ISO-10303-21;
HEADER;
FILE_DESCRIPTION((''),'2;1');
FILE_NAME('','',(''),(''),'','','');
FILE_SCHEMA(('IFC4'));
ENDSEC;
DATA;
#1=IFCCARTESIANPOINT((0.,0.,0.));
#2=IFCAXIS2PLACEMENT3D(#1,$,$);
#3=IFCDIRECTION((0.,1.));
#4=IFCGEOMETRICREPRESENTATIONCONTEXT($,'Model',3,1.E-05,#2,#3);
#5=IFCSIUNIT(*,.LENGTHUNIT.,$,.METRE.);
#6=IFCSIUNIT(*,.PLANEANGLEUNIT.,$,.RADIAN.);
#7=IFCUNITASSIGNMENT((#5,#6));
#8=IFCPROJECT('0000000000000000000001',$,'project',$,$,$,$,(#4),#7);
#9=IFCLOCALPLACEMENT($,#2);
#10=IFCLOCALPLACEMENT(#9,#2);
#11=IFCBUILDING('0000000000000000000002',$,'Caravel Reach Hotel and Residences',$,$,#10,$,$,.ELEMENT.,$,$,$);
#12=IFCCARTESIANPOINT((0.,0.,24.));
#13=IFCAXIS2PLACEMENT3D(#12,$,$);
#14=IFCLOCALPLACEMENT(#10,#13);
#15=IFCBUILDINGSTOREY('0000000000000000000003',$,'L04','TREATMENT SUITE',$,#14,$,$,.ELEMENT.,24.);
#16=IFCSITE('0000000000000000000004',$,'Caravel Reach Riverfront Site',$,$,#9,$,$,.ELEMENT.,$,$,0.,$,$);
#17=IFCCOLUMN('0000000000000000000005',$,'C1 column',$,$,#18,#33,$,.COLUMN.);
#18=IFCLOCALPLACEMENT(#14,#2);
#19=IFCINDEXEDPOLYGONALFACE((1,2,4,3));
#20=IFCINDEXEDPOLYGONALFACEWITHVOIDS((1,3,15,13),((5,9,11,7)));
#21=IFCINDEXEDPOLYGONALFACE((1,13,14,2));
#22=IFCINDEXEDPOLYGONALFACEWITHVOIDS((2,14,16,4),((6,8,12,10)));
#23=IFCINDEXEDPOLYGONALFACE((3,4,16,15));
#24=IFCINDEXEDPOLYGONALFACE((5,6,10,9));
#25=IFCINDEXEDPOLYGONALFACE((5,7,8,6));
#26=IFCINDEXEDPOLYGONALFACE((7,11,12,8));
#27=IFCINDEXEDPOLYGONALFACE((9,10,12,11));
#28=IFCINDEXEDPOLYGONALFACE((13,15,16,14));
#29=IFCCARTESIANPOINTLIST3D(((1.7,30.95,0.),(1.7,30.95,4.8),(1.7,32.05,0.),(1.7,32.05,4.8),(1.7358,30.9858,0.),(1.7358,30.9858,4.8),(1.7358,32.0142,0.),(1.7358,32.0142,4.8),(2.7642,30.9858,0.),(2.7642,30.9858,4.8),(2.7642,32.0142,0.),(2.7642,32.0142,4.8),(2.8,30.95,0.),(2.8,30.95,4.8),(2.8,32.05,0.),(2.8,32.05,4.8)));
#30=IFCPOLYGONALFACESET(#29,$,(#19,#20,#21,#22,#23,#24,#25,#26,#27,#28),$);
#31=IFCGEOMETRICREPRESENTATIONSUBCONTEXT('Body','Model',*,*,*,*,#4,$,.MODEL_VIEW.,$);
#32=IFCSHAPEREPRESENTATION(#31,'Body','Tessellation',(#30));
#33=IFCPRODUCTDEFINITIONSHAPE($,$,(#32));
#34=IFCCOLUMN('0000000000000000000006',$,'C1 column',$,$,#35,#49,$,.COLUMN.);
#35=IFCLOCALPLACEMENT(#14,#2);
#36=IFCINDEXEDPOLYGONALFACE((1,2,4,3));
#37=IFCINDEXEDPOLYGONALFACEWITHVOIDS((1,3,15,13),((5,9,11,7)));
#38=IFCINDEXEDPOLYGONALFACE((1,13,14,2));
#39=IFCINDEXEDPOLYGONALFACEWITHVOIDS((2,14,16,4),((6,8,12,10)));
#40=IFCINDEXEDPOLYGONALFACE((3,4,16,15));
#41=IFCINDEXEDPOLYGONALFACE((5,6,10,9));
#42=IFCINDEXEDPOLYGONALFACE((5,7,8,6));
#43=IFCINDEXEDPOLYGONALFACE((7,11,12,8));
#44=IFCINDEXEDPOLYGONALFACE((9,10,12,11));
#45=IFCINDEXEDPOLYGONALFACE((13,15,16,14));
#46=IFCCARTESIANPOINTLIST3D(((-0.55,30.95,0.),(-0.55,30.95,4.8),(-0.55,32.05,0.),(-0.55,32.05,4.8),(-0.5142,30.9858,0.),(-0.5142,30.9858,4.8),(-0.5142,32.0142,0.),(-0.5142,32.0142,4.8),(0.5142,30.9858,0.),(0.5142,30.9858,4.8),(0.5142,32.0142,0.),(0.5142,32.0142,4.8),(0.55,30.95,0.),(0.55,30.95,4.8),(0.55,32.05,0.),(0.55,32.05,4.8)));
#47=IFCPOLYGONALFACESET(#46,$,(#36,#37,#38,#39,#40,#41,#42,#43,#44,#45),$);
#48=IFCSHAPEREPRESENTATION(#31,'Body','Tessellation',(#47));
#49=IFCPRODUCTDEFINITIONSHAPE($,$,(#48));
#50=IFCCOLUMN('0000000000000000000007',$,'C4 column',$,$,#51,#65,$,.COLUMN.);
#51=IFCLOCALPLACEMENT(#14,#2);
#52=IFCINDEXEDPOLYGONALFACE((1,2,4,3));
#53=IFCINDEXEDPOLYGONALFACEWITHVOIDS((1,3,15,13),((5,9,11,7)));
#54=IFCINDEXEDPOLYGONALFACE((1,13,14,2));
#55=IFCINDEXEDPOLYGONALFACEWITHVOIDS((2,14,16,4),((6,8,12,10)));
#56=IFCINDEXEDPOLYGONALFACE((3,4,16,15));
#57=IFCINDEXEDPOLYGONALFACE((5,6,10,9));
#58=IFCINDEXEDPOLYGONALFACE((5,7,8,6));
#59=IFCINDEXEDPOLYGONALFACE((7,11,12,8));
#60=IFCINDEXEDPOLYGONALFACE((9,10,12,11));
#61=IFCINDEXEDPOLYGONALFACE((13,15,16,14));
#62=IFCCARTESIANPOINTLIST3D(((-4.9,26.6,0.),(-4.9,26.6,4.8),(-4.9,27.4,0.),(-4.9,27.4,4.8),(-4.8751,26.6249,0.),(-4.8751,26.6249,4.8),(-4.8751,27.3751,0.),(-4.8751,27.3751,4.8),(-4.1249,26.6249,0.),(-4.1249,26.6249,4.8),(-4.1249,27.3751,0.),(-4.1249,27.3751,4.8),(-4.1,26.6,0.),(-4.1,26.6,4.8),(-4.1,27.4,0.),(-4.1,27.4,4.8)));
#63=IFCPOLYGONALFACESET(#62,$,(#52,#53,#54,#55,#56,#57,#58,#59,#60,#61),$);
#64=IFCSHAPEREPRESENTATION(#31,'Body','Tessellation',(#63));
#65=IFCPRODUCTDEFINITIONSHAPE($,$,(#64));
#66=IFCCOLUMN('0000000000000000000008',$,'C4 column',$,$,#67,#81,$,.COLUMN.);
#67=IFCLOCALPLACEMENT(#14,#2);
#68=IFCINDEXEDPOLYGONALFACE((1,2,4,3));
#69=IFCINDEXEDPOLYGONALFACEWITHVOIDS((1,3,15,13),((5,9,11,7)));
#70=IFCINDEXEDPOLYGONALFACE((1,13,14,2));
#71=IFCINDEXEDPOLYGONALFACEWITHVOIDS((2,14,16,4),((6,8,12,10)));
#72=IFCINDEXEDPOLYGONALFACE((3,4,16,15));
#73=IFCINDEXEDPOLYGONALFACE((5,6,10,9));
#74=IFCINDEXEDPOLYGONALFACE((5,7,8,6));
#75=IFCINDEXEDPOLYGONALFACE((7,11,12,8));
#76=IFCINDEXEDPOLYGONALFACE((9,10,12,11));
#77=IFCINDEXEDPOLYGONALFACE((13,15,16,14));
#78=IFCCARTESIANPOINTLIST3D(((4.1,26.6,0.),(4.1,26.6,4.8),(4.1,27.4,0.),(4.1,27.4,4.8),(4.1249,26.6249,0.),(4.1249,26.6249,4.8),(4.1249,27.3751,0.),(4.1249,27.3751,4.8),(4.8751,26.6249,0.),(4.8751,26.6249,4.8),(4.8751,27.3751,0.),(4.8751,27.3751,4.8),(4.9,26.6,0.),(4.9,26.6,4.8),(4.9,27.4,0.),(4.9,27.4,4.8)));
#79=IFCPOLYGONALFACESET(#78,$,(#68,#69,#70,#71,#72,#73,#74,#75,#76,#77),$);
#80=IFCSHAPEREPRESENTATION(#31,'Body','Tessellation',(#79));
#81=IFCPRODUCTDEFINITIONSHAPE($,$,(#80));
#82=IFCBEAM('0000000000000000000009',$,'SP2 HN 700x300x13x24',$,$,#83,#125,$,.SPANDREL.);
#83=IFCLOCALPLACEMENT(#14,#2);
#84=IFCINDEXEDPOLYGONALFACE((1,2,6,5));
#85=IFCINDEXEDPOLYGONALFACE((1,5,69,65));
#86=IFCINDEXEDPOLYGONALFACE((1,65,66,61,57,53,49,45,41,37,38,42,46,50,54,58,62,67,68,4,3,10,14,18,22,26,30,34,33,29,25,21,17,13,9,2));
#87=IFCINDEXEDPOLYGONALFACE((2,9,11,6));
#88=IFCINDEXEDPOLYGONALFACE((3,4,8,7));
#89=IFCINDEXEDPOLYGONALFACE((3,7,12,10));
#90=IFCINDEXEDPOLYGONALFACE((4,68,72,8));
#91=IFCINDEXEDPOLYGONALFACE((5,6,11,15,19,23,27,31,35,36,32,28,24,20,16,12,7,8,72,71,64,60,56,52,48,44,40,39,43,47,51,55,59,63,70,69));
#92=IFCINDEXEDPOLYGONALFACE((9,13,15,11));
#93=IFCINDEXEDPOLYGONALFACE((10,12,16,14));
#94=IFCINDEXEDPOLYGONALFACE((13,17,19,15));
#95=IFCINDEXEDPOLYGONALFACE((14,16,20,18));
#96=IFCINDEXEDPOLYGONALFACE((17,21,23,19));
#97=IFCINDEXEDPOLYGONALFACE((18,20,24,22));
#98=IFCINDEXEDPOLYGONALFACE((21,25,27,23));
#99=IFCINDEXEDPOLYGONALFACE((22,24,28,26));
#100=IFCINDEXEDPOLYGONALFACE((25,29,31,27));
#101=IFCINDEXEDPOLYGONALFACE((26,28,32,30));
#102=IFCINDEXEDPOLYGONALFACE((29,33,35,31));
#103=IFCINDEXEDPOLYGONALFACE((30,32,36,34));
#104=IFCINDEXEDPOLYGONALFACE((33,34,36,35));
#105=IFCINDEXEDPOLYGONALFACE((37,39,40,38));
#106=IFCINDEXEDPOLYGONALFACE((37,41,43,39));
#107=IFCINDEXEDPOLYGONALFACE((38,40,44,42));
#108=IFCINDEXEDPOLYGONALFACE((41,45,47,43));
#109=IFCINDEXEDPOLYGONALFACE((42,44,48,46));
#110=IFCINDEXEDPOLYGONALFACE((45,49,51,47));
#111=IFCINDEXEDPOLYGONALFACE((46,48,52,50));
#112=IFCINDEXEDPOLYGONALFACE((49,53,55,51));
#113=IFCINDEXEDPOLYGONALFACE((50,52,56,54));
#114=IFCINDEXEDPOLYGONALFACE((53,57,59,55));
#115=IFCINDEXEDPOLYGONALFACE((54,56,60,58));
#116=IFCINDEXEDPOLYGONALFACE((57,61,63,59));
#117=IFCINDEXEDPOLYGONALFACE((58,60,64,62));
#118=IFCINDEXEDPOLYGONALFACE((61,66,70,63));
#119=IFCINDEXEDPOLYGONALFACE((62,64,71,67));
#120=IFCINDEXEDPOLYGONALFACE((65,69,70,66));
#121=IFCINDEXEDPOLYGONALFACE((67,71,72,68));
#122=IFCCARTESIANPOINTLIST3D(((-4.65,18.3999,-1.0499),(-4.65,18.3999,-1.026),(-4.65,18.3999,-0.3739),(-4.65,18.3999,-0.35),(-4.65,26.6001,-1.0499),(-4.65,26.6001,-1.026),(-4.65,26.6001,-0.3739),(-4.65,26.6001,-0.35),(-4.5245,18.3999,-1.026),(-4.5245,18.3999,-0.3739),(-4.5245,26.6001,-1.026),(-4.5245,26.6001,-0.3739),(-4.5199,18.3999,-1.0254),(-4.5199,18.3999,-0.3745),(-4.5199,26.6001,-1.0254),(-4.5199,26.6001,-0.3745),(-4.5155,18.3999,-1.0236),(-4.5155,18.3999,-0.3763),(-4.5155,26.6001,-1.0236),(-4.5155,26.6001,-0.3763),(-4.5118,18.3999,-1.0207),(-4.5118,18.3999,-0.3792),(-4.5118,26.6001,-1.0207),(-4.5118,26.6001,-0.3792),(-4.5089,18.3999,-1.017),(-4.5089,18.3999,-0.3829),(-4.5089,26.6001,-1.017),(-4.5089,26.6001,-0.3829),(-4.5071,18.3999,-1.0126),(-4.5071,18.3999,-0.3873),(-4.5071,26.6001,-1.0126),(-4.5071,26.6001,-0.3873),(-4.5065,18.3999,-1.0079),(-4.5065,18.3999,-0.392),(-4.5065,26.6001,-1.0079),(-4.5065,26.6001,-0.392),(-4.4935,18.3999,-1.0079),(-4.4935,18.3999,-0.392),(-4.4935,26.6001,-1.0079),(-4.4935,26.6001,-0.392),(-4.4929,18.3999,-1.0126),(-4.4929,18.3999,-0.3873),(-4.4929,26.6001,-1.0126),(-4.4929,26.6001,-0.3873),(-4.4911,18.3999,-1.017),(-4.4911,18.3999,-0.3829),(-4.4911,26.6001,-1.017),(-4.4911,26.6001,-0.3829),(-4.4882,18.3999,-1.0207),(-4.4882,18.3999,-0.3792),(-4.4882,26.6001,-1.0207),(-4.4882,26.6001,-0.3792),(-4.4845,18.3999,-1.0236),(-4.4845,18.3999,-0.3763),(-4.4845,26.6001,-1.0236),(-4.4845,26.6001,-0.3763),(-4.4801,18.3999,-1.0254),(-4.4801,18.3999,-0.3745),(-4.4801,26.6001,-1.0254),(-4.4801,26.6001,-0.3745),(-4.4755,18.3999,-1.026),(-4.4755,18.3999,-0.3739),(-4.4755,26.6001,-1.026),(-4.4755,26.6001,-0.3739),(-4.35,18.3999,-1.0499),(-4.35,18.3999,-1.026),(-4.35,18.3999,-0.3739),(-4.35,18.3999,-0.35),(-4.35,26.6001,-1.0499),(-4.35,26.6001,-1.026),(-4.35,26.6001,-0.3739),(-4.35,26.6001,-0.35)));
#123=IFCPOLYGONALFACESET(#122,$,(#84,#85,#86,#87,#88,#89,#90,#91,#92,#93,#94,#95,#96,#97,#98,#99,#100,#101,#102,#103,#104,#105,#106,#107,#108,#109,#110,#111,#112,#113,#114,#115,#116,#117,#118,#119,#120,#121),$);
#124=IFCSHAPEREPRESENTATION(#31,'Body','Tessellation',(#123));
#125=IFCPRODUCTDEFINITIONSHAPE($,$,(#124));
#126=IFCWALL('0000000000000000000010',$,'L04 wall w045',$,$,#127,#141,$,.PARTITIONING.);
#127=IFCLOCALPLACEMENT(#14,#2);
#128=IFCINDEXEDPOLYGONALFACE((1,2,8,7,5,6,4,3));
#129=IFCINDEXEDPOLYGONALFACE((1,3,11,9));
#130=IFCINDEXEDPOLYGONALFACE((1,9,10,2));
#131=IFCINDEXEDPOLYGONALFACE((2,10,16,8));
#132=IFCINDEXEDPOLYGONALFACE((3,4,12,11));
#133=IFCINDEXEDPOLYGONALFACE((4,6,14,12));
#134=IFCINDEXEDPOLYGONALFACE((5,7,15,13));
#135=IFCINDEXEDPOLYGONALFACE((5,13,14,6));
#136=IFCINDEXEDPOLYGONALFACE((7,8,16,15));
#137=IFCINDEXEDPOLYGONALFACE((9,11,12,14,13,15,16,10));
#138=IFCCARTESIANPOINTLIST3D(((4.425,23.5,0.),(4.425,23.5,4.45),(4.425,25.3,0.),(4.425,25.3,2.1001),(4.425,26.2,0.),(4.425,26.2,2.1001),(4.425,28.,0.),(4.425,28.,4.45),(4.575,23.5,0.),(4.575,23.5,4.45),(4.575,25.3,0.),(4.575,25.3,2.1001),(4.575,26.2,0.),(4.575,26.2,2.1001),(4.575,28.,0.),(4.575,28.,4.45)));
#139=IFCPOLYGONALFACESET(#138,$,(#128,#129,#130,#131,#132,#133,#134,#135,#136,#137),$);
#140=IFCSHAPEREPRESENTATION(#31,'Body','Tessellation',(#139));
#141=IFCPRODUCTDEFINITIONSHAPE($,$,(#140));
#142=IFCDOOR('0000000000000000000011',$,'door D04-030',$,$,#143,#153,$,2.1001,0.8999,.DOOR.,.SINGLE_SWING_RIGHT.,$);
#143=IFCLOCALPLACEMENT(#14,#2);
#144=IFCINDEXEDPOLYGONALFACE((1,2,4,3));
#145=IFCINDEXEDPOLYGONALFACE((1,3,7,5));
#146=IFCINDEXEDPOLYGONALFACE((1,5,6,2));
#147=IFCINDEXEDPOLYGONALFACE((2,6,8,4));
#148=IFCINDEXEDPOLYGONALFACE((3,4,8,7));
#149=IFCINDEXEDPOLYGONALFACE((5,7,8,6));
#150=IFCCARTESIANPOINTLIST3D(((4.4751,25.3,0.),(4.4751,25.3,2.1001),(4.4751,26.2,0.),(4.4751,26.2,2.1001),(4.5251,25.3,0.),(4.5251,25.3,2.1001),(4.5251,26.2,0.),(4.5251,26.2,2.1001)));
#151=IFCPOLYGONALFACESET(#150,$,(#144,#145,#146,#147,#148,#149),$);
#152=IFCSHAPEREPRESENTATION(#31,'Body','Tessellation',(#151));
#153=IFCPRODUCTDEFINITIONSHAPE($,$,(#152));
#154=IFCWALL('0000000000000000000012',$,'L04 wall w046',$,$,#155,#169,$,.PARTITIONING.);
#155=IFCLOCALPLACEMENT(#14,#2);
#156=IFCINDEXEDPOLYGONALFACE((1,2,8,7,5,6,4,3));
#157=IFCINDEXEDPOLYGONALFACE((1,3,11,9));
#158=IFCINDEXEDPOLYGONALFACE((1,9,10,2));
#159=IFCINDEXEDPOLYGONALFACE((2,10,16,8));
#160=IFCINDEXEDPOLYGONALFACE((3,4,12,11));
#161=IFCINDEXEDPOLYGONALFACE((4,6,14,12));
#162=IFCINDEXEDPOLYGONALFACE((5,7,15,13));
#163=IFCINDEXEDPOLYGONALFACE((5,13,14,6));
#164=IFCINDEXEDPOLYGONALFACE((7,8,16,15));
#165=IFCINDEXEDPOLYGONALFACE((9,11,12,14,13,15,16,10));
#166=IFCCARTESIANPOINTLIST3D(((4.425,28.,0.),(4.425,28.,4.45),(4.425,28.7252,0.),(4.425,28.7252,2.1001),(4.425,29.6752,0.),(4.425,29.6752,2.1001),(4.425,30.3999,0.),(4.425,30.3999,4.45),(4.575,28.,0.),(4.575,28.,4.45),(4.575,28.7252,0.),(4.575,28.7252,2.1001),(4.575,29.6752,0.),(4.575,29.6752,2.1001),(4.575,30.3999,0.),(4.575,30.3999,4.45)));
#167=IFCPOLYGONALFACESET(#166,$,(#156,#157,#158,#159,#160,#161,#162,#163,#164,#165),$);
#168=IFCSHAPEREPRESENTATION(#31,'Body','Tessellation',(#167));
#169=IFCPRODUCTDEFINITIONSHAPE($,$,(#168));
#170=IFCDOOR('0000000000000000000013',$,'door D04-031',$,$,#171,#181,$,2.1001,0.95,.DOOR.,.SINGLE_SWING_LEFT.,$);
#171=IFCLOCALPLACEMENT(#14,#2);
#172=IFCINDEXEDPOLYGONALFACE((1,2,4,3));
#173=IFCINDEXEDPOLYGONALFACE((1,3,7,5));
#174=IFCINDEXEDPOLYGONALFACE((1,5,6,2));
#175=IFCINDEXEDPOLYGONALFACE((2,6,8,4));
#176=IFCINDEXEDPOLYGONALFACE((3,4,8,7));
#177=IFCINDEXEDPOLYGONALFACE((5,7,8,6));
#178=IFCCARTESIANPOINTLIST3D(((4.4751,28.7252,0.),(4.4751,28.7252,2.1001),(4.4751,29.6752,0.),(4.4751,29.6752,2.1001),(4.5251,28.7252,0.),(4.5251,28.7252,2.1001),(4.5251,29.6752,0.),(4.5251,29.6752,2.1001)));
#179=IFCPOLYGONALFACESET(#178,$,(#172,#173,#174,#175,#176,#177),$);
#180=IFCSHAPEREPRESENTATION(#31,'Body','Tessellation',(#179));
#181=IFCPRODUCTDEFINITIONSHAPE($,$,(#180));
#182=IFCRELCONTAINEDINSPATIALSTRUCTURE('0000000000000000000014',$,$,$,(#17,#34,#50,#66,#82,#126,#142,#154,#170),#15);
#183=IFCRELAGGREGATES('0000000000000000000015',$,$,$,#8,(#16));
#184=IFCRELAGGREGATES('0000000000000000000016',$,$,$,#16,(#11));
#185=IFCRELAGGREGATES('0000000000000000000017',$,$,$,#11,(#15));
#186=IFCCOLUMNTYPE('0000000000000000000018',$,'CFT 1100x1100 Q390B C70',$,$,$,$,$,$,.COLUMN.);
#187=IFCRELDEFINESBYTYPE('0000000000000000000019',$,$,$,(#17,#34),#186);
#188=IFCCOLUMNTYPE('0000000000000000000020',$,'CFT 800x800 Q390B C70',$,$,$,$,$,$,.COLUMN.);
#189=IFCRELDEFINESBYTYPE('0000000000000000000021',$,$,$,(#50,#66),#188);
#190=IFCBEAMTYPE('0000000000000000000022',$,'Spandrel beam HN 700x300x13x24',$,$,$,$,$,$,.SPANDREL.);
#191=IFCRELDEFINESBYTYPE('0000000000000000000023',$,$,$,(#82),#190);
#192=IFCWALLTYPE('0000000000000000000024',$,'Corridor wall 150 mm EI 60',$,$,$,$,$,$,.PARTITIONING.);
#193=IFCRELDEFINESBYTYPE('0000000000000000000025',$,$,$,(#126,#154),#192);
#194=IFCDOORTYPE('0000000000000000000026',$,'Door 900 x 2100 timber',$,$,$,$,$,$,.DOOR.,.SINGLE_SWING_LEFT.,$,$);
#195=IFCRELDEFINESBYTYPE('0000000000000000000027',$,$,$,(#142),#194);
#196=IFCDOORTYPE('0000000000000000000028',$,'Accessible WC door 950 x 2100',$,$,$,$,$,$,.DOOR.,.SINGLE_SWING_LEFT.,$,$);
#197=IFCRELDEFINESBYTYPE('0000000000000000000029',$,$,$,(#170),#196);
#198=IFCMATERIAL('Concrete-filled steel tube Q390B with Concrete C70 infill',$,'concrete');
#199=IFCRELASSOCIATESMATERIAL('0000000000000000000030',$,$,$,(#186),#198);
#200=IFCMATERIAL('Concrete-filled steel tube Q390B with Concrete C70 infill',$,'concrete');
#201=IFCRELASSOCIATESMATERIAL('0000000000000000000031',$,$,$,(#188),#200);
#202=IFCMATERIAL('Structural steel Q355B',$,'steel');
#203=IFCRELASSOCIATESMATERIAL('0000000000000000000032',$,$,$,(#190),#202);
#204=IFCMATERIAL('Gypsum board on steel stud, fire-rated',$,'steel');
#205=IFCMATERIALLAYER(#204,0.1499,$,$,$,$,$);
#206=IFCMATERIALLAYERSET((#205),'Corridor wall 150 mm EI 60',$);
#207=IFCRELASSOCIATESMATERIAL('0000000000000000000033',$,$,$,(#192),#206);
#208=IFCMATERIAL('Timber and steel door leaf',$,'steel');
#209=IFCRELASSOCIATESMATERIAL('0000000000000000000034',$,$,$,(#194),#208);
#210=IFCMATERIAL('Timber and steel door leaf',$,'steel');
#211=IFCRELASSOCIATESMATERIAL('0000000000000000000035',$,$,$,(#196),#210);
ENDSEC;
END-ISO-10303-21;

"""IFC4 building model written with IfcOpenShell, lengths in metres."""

from ifc_helpers import new_model, si_unit, direction, frame, frame_2d, origin, origin_2d, place, context, subcontext, project, spatial, rectangle, hollow_rectangle, i_section, extrude, material, layer, layer_set, material_profile, profile_set, type_object, element, fill, save


model = new_model("IFC4")

# Units and contexts
model_context = context("Model", 3, precision=1e-05, world=origin(), true_north=direction((0.0, 1.0)))
body_context = subcontext(model_context, "Body", "Model", "MODEL_VIEW")
ifc_project = project(units=[si_unit("LENGTHUNIT", "METRE"), si_unit("PLANEANGLEUNIT", "RADIAN")], contexts=[model_context])

# Site, building, storey
site_placement = place(None, origin())
site = spatial("IfcSite", under=ifc_project, at=site_placement, Name="Caravel Reach Riverfront Site", CompositionType="ELEMENT", RefElevation=0.0)
building_placement = place(site_placement, origin())
building = spatial("IfcBuilding", under=site, at=building_placement, Name="Caravel Reach Hotel and Residences", CompositionType="ELEMENT")
storey_placement = place(building_placement, frame((0.0, 0.0, 24.0)))
storey = spatial("IfcBuildingStorey", under=building, at=storey_placement, Name="L04", Description="TREATMENT SUITE", CompositionType="ELEMENT", Elevation=24.0)

# Columns
ifc_material_1 = material(Name="Concrete-filled steel tube Q390B with Concrete C70 infill", Category="concrete")
ifc_material_profile_1 = material_profile(ifc_material_1, hollow_rectangle(XDim=1.1001, YDim=1.1001, WallThickness=0.0359, at=origin_2d()), Name="RHS 1100x1100x36")
ifc_profile_set_1 = profile_set([ifc_material_profile_1], Name="Concrete-filled steel tube Q390B with Concrete C70 infill")
column_type_1 = type_object("IfcColumnType", Name="CFT 1100x1100 Q390B C70", PredefinedType="COLUMN", material=ifc_profile_set_1)
for number, where, z_axis, x_axis, name in (
    (1, (2.25, 31.5, 0.0), (0.0, 0.0, 1.0), (1.0, 0.0, 0.0), "C1 column"),
    (2, (0.0, 31.5, 0.0), (0.0, 0.0, 1.0), (1.0, 0.0, 0.0), "C1 column"),
):
    element("IfcColumn", number, at=place(storey_placement, frame(where, z_axis=z_axis, x_axis=x_axis)), inside=storey, type_object=column_type_1, Name=name, PredefinedType="COLUMN", context=body_context, shape_type="SweptSolid", body=[
        extrude(hollow_rectangle(XDim=1.1001, YDim=1.1001, WallThickness=0.0359, at=origin_2d()), origin(), (0.0, 0.0, 1.0), 4.8),
    ])
ifc_material_2 = material(Name="Concrete-filled steel tube Q390B with Concrete C70 infill", Category="concrete")
ifc_material_profile_2 = material_profile(ifc_material_2, hollow_rectangle(XDim=0.8, YDim=0.8, WallThickness=0.0249, at=origin_2d()), Name="RHS 800x800x25")
ifc_profile_set_2 = profile_set([ifc_material_profile_2], Name="Concrete-filled steel tube Q390B with Concrete C70 infill")
column_type_2 = type_object("IfcColumnType", Name="CFT 800x800 Q390B C70", PredefinedType="COLUMN", material=ifc_profile_set_2)
for number, where, z_axis, x_axis, name in (
    (3, (-4.5, 27.0, 0.0), (0.0, 0.0, 1.0), (1.0, 0.0, 0.0), "C4 column"),
    (4, (4.5, 27.0, 0.0), (0.0, 0.0, 1.0), (1.0, 0.0, 0.0), "C4 column"),
):
    element("IfcColumn", number, at=place(storey_placement, frame(where, z_axis=z_axis, x_axis=x_axis)), inside=storey, type_object=column_type_2, Name=name, PredefinedType="COLUMN", context=body_context, shape_type="SweptSolid", body=[
        extrude(hollow_rectangle(XDim=0.8, YDim=0.8, WallThickness=0.0249, at=origin_2d()), origin(), (0.0, 0.0, 1.0), 4.8),
    ])

# Beam
ifc_material_3 = material(Name="Structural steel Q355B", Category="steel")
ifc_material_profile_3 = material_profile(ifc_material_3, i_section(OverallWidth=0.3, OverallDepth=0.7, WebThickness=0.0129, FlangeThickness=0.0239, FilletRadius=0.0181, at=origin_2d()), Name="HN 700x300x13x24")
ifc_profile_set_3 = profile_set([ifc_material_profile_3], Name="Structural steel Q355B")
beam_type = type_object("IfcBeamType", Name="Spandrel beam HN 700x300x13x24", PredefinedType="SPANDREL", material=ifc_profile_set_3)
beam_placement = place(storey_placement, frame((-4.5, 26.6001, -0.7), z_axis=(0.0, -1.0, 0.0), x_axis=(1.0, 0.0, 0.0)))
element("IfcBeam", 5, at=beam_placement, inside=storey, type_object=beam_type, Name="SP2 HN 700x300x13x24", PredefinedType="SPANDREL", context=body_context, shape_type="SweptSolid", body=[
    extrude(i_section(OverallWidth=0.3, OverallDepth=0.7, WebThickness=0.0129, FlangeThickness=0.0239, FilletRadius=0.0181, at=origin_2d()), origin(), (0.0, 0.0, 1.0), 8.2002),
])

# Walls, openings, doors
ifc_material_4 = material(Name="Gypsum board on steel stud, fire-rated", Category="steel")
ifc_layer_1 = layer(ifc_material_4, 0.1499)
ifc_layer_set_1 = layer_set([ifc_layer_1], Name="Corridor wall 150 mm EI 60")
wall_type_1 = type_object("IfcWallType", Name="Corridor wall 150 mm EI 60", PredefinedType="PARTITIONING", material=ifc_layer_set_1)
wall_1_placement = place(storey_placement, frame((4.5, 23.5, 0.0), z_axis=(0.0, 0.0, 1.0), x_axis=(0.0, 1.0, 0.0)))
wall_1 = element("IfcWall", 6, at=wall_1_placement, inside=storey, type_object=wall_type_1, Name="L04 wall w045", PredefinedType="PARTITIONING", context=body_context, shape_type="SweptSolid", body=[
    extrude(rectangle(XDim=4.5, YDim=0.1499, at=frame_2d((2.25, 0.0))), origin(), (0.0, 0.0, 1.0), 4.45),
])
opening_1_placement = place(wall_1_placement, frame((1.8, 0.0, 0.0)))
opening_1 = element("IfcOpeningElement", 7, at=opening_1_placement, cuts=wall_1, PredefinedType="OPENING", context=body_context, shape_type="SweptSolid", body=[
    extrude(rectangle(XDim=0.8999, YDim=2.1001, at=frame_2d((0.45, 1.05))), frame((0.0, 0.085, 0.0), z_axis=(0.0, -1.0, 0.0), x_axis=(1.0, 0.0, 0.0)), (0.0, 0.0, 1.0), 0.1699),
])
ifc_material_5 = material(Name="Timber and steel door leaf", Category="steel")
door_type_1 = type_object("IfcDoorType", Name="Door 900 x 2100 timber", OperationType="SINGLE_SWING_LEFT", PredefinedType="DOOR", material=ifc_material_5)
door_1_placement = place(opening_1_placement, origin())
door_1 = element("IfcDoor", 8, at=door_1_placement, inside=storey, type_object=door_type_1, Name="door D04-030", OperationType="SINGLE_SWING_RIGHT", OverallHeight=2.1001, OverallWidth=0.8999, PredefinedType="DOOR", context=body_context, shape_type="SweptSolid", body=[
    extrude(rectangle(XDim=0.8999, YDim=2.1001, at=frame_2d((0.45, 1.05))), frame((0.0, 0.0249, 0.0), z_axis=(0.0, -1.0, 0.0), x_axis=(1.0, 0.0, 0.0)), (0.0, 0.0, 1.0), 0.05),
])
fill(opening_1, door_1)
wall_2_placement = place(storey_placement, frame((4.5, 28.0, 0.0), z_axis=(0.0, 0.0, 1.0), x_axis=(0.0, 1.0, 0.0)))
wall_2 = element("IfcWall", 9, at=wall_2_placement, inside=storey, type_object=wall_type_1, Name="L04 wall w046", PredefinedType="PARTITIONING", context=body_context, shape_type="SweptSolid", body=[
    extrude(rectangle(XDim=2.3999, YDim=0.1499, at=frame_2d((1.2, 0.0))), origin(), (0.0, 0.0, 1.0), 4.45),
])
opening_2_placement = place(wall_2_placement, frame((0.7251, 0.0, 0.0)))
opening_2 = element("IfcOpeningElement", 10, at=opening_2_placement, cuts=wall_2, PredefinedType="OPENING", context=body_context, shape_type="SweptSolid", body=[
    extrude(rectangle(XDim=0.95, YDim=2.1001, at=frame_2d((0.4751, 1.05))), frame((0.0, 0.085, 0.0), z_axis=(0.0, -1.0, 0.0), x_axis=(1.0, 0.0, 0.0)), (0.0, 0.0, 1.0), 0.1699),
])
ifc_material_6 = material(Name="Timber and steel door leaf", Category="steel")
door_type_2 = type_object("IfcDoorType", Name="Accessible WC door 950 x 2100", OperationType="SINGLE_SWING_LEFT", PredefinedType="DOOR", material=ifc_material_6)
door_2_placement = place(opening_2_placement, origin())
door_2 = element("IfcDoor", 11, at=door_2_placement, inside=storey, type_object=door_type_2, Name="door D04-031", OperationType="SINGLE_SWING_LEFT", OverallHeight=2.1001, OverallWidth=0.95, PredefinedType="DOOR", context=body_context, shape_type="SweptSolid", body=[
    extrude(rectangle(XDim=0.95, YDim=2.1001, at=frame_2d((0.4751, 1.05))), frame((0.0, 0.0249, 0.0), z_axis=(0.0, -1.0, 0.0), x_axis=(1.0, 0.0, 0.0)), (0.0, 0.0, 1.0), 0.05),
])
fill(opening_2, door_2)

save(model, "model.ifc")
